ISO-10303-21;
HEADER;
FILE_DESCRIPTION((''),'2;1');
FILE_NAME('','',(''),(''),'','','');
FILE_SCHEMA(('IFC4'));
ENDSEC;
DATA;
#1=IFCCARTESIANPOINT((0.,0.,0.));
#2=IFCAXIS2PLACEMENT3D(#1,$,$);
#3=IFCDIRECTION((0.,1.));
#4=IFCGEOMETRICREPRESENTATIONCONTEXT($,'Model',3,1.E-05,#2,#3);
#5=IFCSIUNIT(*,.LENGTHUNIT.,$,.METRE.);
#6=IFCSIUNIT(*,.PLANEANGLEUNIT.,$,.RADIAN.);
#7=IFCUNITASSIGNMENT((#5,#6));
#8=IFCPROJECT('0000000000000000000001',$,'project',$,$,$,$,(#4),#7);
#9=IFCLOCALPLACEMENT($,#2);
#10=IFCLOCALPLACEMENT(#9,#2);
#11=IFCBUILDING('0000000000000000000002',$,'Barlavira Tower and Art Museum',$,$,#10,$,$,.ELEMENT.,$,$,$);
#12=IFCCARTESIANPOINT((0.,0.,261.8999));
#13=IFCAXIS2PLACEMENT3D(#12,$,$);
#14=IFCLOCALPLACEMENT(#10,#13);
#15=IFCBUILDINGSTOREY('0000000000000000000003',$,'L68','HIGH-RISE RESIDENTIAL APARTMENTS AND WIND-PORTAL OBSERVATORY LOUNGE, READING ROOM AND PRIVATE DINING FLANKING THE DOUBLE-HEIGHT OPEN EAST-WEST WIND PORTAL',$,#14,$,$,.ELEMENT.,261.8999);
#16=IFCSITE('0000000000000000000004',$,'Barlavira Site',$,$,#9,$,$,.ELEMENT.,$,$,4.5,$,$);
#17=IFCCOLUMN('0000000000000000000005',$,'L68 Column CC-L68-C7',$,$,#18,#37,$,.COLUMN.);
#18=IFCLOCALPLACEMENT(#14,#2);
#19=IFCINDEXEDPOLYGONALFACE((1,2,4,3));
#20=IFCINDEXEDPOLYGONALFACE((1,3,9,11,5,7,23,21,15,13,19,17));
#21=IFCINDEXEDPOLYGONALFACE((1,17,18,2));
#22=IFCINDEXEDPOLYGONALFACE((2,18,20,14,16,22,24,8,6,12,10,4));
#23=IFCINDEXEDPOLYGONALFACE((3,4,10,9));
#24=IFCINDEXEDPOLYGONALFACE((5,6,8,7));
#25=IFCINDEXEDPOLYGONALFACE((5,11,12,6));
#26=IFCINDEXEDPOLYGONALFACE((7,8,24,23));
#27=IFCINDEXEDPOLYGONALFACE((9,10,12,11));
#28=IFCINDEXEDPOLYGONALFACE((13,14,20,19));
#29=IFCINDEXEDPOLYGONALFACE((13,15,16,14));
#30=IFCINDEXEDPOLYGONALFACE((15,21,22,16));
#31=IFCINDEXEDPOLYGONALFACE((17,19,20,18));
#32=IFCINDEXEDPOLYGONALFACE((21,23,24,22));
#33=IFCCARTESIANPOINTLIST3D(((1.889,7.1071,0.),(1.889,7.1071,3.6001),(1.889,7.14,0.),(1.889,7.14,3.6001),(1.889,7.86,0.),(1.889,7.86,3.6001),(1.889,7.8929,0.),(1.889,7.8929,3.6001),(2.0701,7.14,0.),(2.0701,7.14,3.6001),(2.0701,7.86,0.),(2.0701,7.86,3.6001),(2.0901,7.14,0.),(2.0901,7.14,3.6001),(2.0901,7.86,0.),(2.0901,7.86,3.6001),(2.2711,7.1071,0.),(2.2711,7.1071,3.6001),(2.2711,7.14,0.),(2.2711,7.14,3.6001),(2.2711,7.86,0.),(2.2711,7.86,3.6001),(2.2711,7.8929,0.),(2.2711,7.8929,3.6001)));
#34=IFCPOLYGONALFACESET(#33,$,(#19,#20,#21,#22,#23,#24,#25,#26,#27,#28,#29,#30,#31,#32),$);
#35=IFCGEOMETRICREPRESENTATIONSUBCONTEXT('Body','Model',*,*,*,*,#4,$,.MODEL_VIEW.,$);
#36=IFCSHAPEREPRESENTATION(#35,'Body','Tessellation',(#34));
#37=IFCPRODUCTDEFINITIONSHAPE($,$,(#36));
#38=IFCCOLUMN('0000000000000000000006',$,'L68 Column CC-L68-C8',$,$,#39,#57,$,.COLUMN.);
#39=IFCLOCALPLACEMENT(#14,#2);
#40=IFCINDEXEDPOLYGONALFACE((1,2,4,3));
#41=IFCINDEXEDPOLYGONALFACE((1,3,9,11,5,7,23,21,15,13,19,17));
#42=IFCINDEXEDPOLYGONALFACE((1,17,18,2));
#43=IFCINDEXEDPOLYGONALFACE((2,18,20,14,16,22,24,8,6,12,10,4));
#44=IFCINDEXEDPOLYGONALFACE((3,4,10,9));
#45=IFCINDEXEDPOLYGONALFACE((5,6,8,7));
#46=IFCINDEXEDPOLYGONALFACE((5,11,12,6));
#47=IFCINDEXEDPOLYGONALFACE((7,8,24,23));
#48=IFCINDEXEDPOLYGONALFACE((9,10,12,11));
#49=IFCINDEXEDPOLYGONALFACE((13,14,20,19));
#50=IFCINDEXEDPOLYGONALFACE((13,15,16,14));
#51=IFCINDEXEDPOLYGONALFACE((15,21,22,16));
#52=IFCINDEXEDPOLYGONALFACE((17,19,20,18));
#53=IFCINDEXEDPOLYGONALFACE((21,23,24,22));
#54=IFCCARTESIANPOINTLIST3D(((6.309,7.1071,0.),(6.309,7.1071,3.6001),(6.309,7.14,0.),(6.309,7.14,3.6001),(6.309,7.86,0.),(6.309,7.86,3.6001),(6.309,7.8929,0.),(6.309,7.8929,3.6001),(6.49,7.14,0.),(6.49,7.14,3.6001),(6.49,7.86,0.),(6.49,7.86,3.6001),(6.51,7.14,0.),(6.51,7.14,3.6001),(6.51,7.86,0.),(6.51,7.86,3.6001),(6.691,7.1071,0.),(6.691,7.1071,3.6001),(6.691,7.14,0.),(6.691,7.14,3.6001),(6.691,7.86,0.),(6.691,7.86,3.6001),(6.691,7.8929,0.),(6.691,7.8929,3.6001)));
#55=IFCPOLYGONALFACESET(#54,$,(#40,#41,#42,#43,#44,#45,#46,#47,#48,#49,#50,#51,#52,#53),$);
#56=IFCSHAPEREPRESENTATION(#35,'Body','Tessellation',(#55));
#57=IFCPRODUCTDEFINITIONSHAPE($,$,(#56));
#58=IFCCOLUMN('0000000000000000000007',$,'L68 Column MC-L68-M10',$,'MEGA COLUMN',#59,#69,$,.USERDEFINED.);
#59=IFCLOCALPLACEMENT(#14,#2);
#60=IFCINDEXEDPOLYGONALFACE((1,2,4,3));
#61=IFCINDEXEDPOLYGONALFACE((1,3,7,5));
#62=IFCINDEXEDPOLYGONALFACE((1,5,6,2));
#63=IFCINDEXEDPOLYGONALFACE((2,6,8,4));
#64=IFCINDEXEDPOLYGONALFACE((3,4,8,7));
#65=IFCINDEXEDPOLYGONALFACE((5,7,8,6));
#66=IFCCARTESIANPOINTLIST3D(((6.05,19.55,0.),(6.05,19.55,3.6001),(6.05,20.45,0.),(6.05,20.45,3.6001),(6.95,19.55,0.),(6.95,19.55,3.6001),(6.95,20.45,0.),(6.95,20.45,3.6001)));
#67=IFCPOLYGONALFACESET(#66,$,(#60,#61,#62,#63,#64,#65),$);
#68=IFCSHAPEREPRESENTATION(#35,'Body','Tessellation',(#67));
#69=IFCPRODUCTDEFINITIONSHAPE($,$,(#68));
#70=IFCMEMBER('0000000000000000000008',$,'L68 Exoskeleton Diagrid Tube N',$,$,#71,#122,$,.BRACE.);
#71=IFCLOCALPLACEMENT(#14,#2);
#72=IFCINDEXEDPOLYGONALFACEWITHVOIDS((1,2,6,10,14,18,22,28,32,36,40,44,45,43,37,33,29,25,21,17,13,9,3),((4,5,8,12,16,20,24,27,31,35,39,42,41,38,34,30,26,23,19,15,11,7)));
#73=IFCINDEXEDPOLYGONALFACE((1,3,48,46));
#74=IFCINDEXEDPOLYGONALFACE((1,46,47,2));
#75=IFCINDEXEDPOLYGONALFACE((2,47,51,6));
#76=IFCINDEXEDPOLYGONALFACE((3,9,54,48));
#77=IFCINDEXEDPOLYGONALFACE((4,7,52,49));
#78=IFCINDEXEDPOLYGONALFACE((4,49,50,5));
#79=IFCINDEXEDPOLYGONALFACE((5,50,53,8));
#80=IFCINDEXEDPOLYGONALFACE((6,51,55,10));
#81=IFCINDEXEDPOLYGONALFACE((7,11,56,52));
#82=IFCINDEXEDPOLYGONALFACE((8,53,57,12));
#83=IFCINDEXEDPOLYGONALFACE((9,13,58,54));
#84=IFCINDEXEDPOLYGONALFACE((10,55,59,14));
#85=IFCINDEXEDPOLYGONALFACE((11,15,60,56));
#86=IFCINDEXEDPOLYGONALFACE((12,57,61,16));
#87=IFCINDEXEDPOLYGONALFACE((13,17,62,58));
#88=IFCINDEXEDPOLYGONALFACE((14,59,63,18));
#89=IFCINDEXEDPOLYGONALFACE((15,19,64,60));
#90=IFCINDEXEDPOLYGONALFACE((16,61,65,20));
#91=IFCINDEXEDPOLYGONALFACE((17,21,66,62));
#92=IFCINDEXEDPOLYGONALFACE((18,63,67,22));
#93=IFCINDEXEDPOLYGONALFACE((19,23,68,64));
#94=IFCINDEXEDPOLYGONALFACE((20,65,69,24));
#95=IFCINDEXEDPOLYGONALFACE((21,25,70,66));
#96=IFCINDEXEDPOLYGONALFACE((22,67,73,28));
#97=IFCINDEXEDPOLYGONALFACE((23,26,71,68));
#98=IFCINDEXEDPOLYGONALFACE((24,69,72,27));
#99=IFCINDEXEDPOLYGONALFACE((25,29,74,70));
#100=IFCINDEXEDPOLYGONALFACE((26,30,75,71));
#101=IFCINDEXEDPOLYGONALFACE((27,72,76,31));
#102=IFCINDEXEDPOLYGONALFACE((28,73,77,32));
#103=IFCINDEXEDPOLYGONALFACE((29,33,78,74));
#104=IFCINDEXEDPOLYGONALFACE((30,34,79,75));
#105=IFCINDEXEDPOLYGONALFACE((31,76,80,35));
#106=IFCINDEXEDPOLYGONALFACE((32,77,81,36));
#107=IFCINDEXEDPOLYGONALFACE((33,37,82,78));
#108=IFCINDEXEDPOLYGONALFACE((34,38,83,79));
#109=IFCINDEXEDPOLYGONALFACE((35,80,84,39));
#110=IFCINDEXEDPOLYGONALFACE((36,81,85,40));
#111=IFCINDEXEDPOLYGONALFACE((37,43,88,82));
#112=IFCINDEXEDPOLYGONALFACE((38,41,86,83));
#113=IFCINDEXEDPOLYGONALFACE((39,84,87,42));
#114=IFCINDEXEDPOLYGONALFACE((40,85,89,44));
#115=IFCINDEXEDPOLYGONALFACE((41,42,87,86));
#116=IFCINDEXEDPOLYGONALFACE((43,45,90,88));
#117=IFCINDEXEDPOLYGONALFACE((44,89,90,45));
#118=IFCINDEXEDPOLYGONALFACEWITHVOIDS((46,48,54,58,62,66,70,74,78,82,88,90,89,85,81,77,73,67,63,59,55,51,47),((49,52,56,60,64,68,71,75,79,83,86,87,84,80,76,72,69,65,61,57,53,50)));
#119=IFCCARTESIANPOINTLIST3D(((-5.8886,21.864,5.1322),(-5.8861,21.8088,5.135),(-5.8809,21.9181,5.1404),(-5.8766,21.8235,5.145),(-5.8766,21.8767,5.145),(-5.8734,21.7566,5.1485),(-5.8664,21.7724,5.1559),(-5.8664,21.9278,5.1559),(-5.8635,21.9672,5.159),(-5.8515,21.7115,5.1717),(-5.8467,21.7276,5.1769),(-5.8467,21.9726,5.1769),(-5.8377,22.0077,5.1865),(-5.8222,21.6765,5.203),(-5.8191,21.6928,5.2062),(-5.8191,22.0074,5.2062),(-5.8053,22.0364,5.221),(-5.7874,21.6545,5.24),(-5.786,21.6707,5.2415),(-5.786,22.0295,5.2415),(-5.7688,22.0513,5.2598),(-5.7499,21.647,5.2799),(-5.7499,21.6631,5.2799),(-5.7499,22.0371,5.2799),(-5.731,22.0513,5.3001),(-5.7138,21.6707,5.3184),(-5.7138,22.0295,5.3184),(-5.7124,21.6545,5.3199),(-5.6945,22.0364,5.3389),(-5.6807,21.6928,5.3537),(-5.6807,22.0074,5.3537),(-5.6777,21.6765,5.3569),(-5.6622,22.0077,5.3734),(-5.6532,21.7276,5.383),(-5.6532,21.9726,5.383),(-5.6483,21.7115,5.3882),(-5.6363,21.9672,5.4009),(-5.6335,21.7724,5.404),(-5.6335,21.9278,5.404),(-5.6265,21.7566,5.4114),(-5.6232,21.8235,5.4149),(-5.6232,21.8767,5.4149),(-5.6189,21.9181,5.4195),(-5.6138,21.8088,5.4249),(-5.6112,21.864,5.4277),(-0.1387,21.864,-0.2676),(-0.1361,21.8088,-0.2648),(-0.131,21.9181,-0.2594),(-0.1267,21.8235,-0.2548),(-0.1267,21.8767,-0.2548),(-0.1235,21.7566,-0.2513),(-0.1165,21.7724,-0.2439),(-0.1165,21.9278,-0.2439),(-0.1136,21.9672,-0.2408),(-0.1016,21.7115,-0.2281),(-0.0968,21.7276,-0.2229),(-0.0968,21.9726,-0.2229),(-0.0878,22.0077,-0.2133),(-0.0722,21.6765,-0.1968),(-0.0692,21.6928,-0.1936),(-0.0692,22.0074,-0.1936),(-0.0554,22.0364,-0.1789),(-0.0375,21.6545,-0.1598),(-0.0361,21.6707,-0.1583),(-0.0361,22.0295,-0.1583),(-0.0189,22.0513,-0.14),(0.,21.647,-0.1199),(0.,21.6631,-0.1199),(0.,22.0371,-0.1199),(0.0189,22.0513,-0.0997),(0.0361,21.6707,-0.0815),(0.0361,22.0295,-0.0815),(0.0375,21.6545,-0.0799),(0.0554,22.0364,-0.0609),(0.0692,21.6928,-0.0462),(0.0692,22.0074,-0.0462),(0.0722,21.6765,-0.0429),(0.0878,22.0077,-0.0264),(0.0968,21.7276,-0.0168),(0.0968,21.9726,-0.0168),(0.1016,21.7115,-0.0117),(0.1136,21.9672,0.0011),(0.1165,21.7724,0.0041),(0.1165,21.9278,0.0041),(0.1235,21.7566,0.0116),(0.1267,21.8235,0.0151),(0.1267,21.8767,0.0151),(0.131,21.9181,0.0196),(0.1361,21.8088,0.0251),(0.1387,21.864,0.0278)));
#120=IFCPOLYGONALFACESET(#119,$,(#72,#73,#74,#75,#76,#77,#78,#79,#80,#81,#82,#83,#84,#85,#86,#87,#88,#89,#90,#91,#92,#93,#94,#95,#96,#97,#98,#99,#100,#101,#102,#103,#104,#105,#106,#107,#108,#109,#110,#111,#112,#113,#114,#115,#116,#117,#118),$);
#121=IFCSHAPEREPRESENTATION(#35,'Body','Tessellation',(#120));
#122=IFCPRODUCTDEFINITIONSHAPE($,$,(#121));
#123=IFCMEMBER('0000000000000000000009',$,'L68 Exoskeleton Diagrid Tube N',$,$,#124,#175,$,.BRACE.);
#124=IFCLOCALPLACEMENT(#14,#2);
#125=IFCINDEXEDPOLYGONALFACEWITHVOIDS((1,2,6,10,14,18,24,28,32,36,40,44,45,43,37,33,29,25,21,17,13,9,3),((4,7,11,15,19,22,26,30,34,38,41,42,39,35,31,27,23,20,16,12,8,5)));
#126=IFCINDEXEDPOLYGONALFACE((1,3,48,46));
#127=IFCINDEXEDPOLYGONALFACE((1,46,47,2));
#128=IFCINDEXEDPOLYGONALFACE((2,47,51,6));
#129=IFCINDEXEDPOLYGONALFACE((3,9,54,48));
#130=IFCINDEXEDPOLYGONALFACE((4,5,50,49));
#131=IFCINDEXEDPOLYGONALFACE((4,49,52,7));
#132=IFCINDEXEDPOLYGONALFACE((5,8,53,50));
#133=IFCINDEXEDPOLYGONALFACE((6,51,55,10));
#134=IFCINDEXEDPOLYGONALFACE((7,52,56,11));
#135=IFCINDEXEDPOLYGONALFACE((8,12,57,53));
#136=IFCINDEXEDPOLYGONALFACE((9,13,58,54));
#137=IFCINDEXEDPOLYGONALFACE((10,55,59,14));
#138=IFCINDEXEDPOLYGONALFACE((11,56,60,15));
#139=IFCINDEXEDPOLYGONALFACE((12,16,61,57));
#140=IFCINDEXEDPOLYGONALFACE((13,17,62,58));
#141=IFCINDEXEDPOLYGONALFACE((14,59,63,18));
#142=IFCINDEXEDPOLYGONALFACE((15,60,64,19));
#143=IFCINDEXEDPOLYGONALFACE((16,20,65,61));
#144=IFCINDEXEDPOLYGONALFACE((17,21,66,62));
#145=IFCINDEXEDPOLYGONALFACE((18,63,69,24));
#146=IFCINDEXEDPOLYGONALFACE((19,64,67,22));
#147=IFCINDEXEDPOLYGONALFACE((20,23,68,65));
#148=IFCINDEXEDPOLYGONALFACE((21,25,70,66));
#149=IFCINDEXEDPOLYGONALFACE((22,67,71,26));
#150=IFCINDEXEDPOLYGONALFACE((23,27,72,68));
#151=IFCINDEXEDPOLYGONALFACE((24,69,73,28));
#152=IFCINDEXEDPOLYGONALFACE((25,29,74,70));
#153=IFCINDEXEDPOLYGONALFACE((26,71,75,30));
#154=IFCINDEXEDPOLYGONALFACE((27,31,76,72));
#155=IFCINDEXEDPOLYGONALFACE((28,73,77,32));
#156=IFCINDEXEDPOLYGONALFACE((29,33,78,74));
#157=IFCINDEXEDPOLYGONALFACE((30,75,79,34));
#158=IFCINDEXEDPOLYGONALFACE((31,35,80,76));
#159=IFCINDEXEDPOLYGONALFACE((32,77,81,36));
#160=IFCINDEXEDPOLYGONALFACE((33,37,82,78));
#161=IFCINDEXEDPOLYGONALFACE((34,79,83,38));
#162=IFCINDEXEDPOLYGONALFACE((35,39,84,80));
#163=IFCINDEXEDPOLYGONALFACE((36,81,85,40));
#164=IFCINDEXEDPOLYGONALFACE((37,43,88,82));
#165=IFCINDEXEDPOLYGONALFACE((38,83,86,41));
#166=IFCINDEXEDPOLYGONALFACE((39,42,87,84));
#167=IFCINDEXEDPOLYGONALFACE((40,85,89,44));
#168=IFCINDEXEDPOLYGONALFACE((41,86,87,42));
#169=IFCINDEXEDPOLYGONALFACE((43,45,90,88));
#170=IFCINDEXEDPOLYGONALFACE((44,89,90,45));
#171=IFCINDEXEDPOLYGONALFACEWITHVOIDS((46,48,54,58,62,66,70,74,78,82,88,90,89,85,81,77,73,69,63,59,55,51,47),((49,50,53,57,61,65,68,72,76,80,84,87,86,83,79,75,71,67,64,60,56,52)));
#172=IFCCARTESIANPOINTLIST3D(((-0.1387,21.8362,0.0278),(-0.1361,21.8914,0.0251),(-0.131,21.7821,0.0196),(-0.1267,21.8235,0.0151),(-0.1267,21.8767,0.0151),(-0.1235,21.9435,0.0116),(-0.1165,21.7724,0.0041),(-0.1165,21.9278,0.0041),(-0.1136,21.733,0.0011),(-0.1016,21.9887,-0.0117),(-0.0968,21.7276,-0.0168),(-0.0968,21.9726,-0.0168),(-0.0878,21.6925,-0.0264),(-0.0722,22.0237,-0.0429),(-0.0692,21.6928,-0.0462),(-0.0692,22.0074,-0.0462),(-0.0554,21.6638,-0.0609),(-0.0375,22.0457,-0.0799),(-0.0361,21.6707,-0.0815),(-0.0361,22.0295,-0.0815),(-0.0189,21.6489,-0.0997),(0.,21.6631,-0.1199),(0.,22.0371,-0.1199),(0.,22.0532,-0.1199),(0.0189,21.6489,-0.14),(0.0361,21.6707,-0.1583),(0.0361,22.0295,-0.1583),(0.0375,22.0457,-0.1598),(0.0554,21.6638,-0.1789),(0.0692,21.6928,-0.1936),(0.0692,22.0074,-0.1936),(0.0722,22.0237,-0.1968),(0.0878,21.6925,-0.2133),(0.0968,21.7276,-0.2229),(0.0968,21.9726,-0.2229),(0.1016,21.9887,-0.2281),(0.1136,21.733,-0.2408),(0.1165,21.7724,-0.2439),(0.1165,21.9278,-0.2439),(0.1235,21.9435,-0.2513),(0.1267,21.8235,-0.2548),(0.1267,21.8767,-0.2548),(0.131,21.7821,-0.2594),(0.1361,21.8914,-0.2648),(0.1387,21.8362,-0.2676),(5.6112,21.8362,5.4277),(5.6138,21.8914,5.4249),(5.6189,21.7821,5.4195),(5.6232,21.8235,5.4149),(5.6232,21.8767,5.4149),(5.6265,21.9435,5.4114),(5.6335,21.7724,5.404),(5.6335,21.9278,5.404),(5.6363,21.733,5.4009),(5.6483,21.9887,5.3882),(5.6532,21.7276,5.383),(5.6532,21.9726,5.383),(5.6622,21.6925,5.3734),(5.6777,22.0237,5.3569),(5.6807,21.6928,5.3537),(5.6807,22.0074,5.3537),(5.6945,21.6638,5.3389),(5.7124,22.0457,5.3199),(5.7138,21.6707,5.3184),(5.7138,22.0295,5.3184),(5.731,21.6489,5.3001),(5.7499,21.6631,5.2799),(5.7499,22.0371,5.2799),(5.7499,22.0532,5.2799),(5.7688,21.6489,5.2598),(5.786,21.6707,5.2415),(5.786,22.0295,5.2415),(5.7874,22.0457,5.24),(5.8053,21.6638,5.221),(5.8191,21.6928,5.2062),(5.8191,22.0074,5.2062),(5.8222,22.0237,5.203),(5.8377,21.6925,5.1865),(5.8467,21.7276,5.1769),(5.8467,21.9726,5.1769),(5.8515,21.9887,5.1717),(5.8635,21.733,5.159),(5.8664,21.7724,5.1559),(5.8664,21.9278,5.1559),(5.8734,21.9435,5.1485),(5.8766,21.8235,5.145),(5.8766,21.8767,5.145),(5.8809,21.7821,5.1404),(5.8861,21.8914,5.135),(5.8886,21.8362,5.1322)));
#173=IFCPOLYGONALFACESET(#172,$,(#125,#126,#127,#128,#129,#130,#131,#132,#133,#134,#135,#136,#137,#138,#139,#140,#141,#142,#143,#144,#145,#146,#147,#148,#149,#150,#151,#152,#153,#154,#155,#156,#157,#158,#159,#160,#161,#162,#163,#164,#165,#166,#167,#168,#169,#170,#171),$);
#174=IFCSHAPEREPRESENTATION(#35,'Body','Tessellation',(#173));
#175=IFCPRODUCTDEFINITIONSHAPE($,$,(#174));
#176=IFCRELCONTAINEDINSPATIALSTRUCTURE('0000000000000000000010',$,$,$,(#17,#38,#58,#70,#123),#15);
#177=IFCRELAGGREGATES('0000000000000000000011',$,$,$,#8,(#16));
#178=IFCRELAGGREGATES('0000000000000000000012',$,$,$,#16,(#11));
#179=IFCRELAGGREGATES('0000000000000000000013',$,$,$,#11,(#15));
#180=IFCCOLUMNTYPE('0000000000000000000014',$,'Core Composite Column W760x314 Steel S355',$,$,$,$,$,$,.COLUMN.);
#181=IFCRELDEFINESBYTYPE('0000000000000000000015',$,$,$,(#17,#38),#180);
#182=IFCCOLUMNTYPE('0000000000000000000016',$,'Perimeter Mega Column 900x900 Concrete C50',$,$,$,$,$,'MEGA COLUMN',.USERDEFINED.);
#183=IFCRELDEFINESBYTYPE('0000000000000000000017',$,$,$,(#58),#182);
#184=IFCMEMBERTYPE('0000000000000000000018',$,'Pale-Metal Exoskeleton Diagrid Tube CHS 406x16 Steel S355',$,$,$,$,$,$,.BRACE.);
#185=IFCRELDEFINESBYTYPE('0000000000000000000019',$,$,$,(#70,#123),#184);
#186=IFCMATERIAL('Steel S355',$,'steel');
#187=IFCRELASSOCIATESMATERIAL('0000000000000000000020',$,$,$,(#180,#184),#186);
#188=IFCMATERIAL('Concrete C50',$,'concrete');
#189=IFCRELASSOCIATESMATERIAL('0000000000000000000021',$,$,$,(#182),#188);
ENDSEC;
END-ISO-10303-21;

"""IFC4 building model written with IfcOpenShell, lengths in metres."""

from ifc_helpers import new_model, si_unit, direction, frame, origin, origin_2d, place, context, subcontext, project, spatial, rectangle, hollow_circle, i_section, extrude, material, material_profile, profile_set, type_object, element, save


model = new_model("IFC4")

# Units and contexts
model_context = context("Model", 3, precision=1e-05, world=origin(), true_north=direction((0.0, 1.0)))
body_context = subcontext(model_context, "Body", "Model", "MODEL_VIEW")
ifc_project = project(units=[si_unit("LENGTHUNIT", "METRE"), si_unit("PLANEANGLEUNIT", "RADIAN")], contexts=[model_context])

# Site, building, storey
site_placement = place(None, origin())
site = spatial("IfcSite", under=ifc_project, at=site_placement, Name="Barlavira Site", CompositionType="ELEMENT", RefElevation=4.5)
building_placement = place(site_placement, origin())
building = spatial("IfcBuilding", under=site, at=building_placement, Name="Barlavira Tower and Art Museum", CompositionType="ELEMENT")
storey_placement = place(building_placement, frame((0.0, 0.0, 261.8999)))
storey = spatial("IfcBuildingStorey", under=building, at=storey_placement, Name="L68", Description="HIGH-RISE RESIDENTIAL APARTMENTS AND WIND-PORTAL OBSERVATORY LOUNGE, READING ROOM AND PRIVATE DINING FLANKING THE DOUBLE-HEIGHT OPEN EAST-WEST WIND PORTAL", CompositionType="ELEMENT", Elevation=261.8999)

# Columns
ifc_material_1 = material(Name="Steel S355", Category="steel")
ifc_material_profile_1 = material_profile(ifc_material_1, i_section(OverallWidth=0.3821, OverallDepth=0.7859, WebThickness=0.02, FlangeThickness=0.033, at=origin_2d()), Name="W760x314.0")
ifc_profile_set_1 = profile_set([ifc_material_profile_1], Name="Steel S355")
column_type_1 = type_object("IfcColumnType", Name="Core Composite Column W760x314 Steel S355", PredefinedType="COLUMN", material=ifc_profile_set_1)
for number, where, z_axis, x_axis, name in (
    (1, (2.0801, 7.5, 0.0), (0.0, 0.0, 1.0), (1.0, 0.0, 0.0), "L68 Column CC-L68-C7"),
    (2, (6.5, 7.5, 0.0), (0.0, 0.0, 1.0), (1.0, 0.0, 0.0), "L68 Column CC-L68-C8"),
):
    element("IfcColumn", number, at=place(storey_placement, frame(where, z_axis=z_axis, x_axis=x_axis)), inside=storey, type_object=column_type_1, Name=name, PredefinedType="COLUMN", context=body_context, shape_type="SweptSolid", body=[
        extrude(i_section(OverallWidth=0.3821, OverallDepth=0.7859, WebThickness=0.02, FlangeThickness=0.033, at=origin_2d()), origin(), (0.0, 0.0, 1.0), 3.6001),
    ])
ifc_material_2 = material(Name="Concrete C50", Category="concrete")
ifc_material_profile_2 = material_profile(ifc_material_2, rectangle(XDim=0.8999, YDim=0.8999, at=origin_2d()), Name="RC-COL 900x900")
ifc_profile_set_2 = profile_set([ifc_material_profile_2], Name="Concrete C50")
column_type_2 = type_object("IfcColumnType", Name="Perimeter Mega Column 900x900 Concrete C50", ElementType="MEGA COLUMN", PredefinedType="USERDEFINED", material=ifc_profile_set_2)
column_placement = place(storey_placement, frame((6.5, 20.0, 0.0), z_axis=(0.0, 0.0, 1.0), x_axis=(1.0, 0.0, 0.0)))
element("IfcColumn", 3, at=column_placement, inside=storey, type_object=column_type_2, Name="L68 Column MC-L68-M10", ObjectType="MEGA COLUMN", PredefinedType="USERDEFINED", context=body_context, shape_type="SweptSolid", body=[
    extrude(rectangle(XDim=0.8999, YDim=0.8999, at=origin_2d()), origin(), (0.0, 0.0, 1.0), 3.6001),
])

# Members
ifc_material_profile_3 = material_profile(ifc_material_1, hollow_circle(Radius=0.2031, WallThickness=0.0161, at=origin_2d()), Name="CHS 406.4x16.0")
ifc_profile_set_3 = profile_set([ifc_material_profile_3], Name="Steel S355")
member_type_1 = type_object("IfcMemberType", Name="Pale-Metal Exoskeleton Diagrid Tube CHS 406x16 Steel S355", PredefinedType="BRACE", material=ifc_profile_set_3)
for number, where, z_axis, x_axis, name in (
    (4, (0.0, 21.8501, -0.1199), (-0.72895, 0.0, 0.684567), (0.0, -1.0, 0.0), "L68 Exoskeleton Diagrid Tube N"),
    (5, (0.0, 21.8501, -0.1199), (0.72895, 0.0, 0.684567), (0.0, 1.0, 0.0), "L68 Exoskeleton Diagrid Tube N"),
):
    element("IfcMember", number, at=place(storey_placement, frame(where, z_axis=z_axis, x_axis=x_axis)), inside=storey, type_object=member_type_1, Name=name, PredefinedType="BRACE", context=body_context, shape_type="SweptSolid", body=[
        extrude(hollow_circle(Radius=0.2031, WallThickness=0.0161, at=origin_2d()), origin(), (0.0, 0.0, 1.0), 7.8879),
    ])

save(model, "model.ifc")
